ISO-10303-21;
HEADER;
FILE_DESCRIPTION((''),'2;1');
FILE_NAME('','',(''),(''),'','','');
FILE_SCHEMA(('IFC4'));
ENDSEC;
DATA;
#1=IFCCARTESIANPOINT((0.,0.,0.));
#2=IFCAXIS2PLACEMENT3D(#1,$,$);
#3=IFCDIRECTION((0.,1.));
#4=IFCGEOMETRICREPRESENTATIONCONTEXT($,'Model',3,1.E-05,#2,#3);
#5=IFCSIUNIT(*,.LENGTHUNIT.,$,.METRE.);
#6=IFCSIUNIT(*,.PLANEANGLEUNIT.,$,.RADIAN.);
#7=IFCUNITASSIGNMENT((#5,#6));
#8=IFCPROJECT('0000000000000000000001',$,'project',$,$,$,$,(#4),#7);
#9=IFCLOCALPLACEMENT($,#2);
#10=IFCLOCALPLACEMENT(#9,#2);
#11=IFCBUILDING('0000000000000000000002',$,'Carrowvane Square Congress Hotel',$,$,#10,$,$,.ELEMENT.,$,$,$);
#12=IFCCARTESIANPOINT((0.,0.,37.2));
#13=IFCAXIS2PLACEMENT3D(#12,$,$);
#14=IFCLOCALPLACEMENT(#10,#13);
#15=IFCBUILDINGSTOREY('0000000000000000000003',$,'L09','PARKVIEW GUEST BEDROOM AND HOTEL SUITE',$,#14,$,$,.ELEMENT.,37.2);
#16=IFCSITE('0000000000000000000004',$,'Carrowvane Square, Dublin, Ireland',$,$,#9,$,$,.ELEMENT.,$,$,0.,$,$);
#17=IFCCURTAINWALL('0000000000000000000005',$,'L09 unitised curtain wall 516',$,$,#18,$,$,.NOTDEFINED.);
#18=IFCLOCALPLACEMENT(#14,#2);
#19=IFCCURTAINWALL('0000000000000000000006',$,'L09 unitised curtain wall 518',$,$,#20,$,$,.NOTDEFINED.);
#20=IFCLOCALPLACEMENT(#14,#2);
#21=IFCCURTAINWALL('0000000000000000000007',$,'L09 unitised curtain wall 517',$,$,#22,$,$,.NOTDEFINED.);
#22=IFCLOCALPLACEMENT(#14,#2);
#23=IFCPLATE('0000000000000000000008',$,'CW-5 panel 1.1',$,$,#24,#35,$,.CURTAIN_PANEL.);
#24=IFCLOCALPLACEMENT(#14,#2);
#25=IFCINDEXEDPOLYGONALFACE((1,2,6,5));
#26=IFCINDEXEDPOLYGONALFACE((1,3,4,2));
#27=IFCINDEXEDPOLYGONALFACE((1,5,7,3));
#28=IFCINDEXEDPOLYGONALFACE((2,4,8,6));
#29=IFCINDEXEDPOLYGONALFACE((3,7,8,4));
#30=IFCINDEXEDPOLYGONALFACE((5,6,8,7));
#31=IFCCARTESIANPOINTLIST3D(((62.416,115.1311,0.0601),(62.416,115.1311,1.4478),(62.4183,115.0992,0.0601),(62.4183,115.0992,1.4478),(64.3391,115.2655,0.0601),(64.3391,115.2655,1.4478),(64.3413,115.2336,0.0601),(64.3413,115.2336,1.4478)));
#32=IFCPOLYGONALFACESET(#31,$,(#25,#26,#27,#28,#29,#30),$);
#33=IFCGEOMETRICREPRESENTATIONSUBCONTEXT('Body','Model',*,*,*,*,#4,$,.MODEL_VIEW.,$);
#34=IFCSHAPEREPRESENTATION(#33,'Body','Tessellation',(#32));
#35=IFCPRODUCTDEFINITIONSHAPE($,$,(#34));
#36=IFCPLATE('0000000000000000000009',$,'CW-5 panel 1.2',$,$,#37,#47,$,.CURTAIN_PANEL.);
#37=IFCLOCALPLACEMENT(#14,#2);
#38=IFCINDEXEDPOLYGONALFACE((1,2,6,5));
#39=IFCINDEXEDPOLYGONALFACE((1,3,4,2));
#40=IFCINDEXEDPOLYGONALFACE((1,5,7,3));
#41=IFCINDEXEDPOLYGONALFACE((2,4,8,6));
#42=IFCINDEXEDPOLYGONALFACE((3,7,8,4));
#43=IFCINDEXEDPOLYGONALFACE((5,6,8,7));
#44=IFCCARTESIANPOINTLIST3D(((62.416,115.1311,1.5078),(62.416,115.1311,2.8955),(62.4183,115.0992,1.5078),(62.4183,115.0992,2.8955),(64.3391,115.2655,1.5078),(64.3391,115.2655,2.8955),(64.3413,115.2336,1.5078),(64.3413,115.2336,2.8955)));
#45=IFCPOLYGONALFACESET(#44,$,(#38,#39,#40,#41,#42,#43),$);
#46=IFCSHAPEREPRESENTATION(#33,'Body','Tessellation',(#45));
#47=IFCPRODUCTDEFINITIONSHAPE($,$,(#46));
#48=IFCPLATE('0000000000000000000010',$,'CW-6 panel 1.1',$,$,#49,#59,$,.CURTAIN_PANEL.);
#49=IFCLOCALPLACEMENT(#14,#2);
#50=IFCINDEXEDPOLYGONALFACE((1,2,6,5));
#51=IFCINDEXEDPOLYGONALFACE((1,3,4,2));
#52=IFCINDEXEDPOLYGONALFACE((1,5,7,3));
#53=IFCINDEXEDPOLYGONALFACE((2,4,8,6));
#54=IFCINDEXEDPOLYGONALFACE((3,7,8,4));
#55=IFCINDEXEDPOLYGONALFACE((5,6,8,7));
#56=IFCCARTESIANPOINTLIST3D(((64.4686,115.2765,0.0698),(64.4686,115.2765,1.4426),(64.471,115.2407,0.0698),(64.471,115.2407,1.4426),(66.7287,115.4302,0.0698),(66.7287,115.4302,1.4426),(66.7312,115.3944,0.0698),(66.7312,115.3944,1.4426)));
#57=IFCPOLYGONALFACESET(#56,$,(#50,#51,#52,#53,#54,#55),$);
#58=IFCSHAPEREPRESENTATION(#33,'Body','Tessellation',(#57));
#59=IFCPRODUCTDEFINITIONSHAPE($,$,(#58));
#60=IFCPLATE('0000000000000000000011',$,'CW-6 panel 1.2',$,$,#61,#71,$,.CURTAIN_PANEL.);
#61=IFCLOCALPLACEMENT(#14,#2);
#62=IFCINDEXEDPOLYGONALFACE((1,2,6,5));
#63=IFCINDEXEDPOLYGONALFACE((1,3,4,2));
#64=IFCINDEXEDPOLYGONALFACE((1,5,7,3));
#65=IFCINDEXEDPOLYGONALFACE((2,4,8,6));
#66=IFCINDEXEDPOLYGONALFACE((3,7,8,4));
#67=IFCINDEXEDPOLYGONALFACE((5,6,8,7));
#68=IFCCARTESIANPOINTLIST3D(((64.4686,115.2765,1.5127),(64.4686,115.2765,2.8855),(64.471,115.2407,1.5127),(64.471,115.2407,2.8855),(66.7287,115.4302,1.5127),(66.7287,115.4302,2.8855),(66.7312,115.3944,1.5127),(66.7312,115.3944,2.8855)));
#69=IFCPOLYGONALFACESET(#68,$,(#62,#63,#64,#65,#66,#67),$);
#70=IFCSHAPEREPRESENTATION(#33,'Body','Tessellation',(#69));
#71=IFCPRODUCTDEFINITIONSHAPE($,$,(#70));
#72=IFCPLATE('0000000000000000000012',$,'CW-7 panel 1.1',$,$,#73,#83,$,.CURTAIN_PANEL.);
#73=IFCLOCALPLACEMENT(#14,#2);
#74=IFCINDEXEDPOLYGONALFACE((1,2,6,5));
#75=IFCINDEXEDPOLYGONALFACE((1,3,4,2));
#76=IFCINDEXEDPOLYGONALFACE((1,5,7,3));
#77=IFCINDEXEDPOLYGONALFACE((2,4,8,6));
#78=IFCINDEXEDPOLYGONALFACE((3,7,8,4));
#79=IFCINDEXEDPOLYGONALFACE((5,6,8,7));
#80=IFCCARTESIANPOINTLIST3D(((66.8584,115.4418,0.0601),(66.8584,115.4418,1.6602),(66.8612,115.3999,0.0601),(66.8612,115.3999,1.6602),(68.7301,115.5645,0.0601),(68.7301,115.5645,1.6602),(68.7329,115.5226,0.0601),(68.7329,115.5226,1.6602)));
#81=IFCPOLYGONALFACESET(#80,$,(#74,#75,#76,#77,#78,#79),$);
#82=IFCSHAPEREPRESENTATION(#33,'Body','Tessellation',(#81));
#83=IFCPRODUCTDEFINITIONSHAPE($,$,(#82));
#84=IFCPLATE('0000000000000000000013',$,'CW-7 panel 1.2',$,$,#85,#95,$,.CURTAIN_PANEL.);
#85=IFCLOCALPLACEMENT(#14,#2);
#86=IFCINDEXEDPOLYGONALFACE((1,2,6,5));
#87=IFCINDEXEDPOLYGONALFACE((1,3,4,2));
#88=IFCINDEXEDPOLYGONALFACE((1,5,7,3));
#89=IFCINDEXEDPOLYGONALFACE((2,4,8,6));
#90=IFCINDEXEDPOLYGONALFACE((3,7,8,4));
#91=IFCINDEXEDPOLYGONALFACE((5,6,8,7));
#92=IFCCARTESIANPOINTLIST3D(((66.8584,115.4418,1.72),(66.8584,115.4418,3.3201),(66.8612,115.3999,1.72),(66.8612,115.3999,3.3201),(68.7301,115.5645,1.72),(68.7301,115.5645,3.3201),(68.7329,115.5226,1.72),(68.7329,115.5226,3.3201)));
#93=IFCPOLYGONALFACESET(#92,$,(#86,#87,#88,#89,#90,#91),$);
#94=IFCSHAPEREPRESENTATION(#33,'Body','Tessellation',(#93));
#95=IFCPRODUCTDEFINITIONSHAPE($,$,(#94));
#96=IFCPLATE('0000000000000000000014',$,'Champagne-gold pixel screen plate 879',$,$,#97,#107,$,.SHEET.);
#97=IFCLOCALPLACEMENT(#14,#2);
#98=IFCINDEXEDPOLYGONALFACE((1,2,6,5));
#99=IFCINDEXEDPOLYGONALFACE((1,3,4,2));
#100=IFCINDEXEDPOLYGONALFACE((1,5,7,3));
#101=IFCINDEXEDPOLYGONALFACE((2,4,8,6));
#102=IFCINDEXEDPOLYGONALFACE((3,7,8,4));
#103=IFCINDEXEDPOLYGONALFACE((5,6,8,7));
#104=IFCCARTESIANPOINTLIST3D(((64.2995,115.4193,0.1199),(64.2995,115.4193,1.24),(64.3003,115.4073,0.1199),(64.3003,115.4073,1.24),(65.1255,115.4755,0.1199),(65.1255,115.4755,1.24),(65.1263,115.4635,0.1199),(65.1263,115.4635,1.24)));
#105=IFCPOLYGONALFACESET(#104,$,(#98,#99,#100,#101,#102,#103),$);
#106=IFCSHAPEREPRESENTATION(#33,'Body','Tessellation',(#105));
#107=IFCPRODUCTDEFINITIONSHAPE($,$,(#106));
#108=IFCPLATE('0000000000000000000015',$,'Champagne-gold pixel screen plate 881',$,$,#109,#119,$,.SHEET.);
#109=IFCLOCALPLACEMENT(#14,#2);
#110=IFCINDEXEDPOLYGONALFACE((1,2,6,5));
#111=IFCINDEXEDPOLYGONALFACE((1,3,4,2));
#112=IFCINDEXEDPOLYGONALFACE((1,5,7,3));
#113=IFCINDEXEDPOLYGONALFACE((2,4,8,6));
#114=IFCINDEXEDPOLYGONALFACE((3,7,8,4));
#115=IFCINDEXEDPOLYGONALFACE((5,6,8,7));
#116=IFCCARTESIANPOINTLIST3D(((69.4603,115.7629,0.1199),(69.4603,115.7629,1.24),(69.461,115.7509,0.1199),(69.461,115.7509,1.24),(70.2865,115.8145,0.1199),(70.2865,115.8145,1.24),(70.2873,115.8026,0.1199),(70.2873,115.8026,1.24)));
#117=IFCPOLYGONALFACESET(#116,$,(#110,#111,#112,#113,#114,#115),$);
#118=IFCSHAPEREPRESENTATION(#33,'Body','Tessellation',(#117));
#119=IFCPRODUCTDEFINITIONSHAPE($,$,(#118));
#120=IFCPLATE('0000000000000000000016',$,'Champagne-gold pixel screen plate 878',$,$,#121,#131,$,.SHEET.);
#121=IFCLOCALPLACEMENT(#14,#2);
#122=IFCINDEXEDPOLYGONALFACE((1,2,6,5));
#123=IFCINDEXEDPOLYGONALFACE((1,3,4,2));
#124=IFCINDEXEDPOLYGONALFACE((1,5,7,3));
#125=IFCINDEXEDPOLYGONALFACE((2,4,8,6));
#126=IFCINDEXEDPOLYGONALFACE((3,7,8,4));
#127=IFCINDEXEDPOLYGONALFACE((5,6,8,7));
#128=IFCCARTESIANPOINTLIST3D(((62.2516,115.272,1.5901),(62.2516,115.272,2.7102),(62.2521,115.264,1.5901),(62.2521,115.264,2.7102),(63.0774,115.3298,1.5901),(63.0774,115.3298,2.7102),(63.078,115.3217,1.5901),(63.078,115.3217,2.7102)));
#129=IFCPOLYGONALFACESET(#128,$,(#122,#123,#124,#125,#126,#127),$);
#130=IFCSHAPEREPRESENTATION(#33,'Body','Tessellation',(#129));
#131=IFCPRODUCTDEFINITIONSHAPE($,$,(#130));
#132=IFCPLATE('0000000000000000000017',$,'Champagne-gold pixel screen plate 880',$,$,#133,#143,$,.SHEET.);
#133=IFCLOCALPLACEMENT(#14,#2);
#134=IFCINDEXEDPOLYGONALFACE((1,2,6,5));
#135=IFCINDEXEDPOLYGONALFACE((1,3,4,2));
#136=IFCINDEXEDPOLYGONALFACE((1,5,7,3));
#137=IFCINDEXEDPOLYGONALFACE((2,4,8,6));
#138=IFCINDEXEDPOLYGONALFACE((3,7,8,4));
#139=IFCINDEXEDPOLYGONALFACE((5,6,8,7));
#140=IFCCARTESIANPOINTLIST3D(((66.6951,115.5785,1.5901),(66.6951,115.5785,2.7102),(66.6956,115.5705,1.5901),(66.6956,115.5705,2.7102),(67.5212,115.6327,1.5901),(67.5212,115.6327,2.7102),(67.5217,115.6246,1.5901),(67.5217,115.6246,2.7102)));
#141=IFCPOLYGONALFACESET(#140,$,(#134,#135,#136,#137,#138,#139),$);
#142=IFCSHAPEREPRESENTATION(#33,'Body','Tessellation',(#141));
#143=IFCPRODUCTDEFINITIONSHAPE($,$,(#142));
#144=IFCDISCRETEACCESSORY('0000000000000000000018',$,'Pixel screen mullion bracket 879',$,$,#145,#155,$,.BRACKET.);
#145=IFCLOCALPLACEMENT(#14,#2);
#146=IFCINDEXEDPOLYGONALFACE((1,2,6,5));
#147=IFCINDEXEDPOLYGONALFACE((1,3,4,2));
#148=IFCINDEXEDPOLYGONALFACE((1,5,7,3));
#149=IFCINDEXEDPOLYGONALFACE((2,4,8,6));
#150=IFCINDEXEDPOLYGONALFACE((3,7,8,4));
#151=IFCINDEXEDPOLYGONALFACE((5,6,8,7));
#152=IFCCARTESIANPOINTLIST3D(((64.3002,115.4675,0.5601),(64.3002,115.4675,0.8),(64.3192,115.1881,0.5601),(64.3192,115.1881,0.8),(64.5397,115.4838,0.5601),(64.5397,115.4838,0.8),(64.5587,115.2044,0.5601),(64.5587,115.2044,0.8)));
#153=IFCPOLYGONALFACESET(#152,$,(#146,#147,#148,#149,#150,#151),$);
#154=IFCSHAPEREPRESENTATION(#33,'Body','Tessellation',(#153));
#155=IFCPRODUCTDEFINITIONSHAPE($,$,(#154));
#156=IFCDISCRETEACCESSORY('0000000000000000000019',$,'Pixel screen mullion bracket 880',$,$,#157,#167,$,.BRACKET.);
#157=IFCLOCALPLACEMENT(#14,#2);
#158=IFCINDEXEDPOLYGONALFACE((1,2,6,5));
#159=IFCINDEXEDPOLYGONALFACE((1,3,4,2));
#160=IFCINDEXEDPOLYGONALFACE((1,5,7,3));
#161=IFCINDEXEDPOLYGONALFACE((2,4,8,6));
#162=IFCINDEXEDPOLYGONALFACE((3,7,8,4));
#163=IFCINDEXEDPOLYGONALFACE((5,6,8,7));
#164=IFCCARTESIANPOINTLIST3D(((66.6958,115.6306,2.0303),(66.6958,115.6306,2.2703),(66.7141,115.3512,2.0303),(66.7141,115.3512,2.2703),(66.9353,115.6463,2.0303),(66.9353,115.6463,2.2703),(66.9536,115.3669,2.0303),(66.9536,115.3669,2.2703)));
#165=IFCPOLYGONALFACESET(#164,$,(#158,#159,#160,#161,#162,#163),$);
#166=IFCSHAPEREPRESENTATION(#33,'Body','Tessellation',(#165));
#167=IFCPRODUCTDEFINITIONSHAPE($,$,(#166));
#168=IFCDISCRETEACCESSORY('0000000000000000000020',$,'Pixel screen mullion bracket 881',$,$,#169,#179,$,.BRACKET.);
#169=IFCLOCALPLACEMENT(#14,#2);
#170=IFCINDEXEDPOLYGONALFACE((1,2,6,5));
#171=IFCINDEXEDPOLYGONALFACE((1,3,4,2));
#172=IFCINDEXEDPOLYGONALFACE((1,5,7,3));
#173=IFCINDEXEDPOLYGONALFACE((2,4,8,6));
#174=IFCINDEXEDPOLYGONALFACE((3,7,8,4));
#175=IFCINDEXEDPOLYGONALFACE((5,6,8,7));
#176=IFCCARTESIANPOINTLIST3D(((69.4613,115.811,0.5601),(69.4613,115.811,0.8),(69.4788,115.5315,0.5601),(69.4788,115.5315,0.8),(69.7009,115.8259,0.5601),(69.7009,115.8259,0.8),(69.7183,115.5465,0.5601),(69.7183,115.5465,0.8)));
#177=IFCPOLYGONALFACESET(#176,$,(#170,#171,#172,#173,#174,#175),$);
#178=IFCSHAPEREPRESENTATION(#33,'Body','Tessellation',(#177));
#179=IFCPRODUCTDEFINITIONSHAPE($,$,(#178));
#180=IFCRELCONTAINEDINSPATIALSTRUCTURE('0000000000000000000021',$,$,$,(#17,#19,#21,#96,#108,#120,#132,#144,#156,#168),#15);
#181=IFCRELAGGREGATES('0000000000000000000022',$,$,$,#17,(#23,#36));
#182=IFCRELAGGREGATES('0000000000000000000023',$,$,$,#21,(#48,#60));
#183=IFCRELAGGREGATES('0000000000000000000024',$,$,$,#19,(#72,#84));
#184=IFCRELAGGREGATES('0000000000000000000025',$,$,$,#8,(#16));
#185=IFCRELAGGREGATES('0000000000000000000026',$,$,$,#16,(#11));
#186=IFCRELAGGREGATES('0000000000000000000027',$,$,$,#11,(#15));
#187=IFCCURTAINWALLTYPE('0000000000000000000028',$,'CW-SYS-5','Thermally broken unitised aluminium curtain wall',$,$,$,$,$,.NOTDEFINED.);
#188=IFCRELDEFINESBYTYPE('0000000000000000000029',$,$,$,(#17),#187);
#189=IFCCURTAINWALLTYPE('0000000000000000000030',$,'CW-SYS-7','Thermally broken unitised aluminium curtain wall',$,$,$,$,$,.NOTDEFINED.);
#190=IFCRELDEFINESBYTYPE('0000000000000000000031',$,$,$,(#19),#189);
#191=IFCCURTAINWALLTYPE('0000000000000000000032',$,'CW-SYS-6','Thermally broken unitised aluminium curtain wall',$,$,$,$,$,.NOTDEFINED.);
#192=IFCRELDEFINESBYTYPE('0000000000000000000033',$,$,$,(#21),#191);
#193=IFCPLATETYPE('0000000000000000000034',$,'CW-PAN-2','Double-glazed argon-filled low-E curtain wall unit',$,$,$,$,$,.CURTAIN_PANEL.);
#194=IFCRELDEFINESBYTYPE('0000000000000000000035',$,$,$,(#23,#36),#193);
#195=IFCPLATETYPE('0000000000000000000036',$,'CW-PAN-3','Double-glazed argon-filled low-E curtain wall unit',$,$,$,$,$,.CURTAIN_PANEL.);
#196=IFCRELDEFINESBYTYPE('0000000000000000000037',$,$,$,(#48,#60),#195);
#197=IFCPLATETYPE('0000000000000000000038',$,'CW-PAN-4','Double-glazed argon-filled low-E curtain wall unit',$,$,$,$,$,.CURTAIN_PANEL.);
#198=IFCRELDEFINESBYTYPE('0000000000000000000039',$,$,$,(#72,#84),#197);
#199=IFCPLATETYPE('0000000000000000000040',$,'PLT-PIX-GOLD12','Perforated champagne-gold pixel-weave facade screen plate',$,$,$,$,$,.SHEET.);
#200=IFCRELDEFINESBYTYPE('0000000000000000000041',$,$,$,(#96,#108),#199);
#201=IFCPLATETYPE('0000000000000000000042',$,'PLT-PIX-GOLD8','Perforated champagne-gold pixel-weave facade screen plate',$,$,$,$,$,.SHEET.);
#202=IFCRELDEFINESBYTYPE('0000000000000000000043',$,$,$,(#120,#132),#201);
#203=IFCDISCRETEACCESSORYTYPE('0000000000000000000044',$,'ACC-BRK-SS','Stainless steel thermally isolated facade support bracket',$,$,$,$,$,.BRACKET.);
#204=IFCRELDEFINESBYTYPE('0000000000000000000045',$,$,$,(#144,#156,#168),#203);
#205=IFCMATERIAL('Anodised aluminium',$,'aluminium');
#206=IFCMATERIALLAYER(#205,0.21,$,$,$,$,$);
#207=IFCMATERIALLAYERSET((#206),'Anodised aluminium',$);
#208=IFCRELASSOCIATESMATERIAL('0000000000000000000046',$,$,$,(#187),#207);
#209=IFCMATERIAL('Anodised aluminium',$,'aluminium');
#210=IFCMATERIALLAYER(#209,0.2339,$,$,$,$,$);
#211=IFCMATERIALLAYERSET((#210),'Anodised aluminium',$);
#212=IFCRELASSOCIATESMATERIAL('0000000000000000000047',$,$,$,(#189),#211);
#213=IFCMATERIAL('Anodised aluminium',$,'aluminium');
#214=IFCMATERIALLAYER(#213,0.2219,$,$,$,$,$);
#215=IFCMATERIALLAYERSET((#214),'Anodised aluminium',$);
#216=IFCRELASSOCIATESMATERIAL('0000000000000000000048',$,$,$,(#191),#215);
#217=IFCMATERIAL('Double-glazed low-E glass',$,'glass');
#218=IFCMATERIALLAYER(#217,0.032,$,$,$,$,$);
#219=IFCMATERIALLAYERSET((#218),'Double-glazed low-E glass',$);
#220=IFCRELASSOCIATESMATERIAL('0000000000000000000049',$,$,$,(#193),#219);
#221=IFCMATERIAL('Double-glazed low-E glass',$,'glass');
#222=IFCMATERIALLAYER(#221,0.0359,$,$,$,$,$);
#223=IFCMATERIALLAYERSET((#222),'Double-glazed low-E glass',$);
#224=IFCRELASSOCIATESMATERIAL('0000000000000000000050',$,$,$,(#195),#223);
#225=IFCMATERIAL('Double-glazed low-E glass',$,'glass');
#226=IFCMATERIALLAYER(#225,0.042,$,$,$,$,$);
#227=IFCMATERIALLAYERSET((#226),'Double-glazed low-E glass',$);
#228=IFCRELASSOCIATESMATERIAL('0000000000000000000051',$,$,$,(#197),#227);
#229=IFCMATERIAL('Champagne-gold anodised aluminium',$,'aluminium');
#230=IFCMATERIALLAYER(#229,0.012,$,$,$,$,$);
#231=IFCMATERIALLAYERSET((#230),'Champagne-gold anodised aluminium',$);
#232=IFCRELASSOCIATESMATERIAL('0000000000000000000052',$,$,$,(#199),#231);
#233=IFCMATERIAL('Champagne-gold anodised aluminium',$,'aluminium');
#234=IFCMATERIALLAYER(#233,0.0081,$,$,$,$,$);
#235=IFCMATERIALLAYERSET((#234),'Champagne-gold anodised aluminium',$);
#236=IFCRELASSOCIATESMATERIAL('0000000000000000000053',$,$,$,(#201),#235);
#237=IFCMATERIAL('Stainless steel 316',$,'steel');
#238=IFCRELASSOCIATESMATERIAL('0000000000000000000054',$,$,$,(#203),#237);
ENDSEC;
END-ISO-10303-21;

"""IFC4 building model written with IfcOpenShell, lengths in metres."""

from ifc_helpers import new_model, si_unit, direction, frame, origin, origin_2d, place, context, subcontext, project, spatial, rectangle, extrude, material, layer, layer_set, type_object, element, aggregate, save


model = new_model("IFC4")

# Units and contexts
model_context = context("Model", 3, precision=1e-05, world=origin(), true_north=direction((0.0, 1.0)))
body_context = subcontext(model_context, "Body", "Model", "MODEL_VIEW")
ifc_project = project(units=[si_unit("LENGTHUNIT", "METRE"), si_unit("PLANEANGLEUNIT", "RADIAN")], contexts=[model_context])

# Site, building, storey
site_placement = place(None, origin())
site = spatial("IfcSite", under=ifc_project, at=site_placement, Name="Carrowvane Square, Dublin, Ireland", CompositionType="ELEMENT", RefElevation=0.0)
building_placement = place(site_placement, origin())
building = spatial("IfcBuilding", under=site, at=building_placement, Name="Carrowvane Square Congress Hotel", CompositionType="ELEMENT")
storey_placement = place(building_placement, frame((0.0, 0.0, 37.2)))
storey = spatial("IfcBuildingStorey", under=building, at=storey_placement, Name="L09", Description="PARKVIEW GUEST BEDROOM AND HOTEL SUITE", CompositionType="ELEMENT", Elevation=37.2)

# Curtain wall
ifc_material_1 = material(Name="Anodised aluminium", Category="aluminium")
ifc_layer_1 = layer(ifc_material_1, 0.21)
ifc_layer_set_1 = layer_set([ifc_layer_1], Name="Anodised aluminium")
curtain_wall_type_1 = type_object("IfcCurtainWallType", Name="CW-SYS-5", Description="Thermally broken unitised aluminium curtain wall", PredefinedType="NOTDEFINED", material=ifc_layer_set_1)
curtain_wall_1_placement = place(storey_placement, origin())
curtain_wall_1 = element("IfcCurtainWall", 1, at=curtain_wall_1_placement, inside=storey, type_object=curtain_wall_type_1, Name="L09 unitised curtain wall 516", PredefinedType="NOTDEFINED")

# Curtain walls
ifc_material_2 = material(Name="Anodised aluminium", Category="aluminium")
ifc_layer_2 = layer(ifc_material_2, 0.2339)
ifc_layer_set_2 = layer_set([ifc_layer_2], Name="Anodised aluminium")
curtain_wall_type_2 = type_object("IfcCurtainWallType", Name="CW-SYS-7", Description="Thermally broken unitised aluminium curtain wall", PredefinedType="NOTDEFINED", material=ifc_layer_set_2)
curtain_wall_2_placement = place(storey_placement, origin())
curtain_wall_2 = element("IfcCurtainWall", 2, at=curtain_wall_2_placement, inside=storey, type_object=curtain_wall_type_2, Name="L09 unitised curtain wall 518", PredefinedType="NOTDEFINED")
ifc_material_3 = material(Name="Anodised aluminium", Category="aluminium")
ifc_layer_3 = layer(ifc_material_3, 0.2219)
ifc_layer_set_3 = layer_set([ifc_layer_3], Name="Anodised aluminium")
curtain_wall_type_3 = type_object("IfcCurtainWallType", Name="CW-SYS-6", Description="Thermally broken unitised aluminium curtain wall", PredefinedType="NOTDEFINED", material=ifc_layer_set_3)
curtain_wall_3_placement = place(storey_placement, origin())
curtain_wall_3 = element("IfcCurtainWall", 3, at=curtain_wall_3_placement, inside=storey, type_object=curtain_wall_type_3, Name="L09 unitised curtain wall 517", PredefinedType="NOTDEFINED")

# Plates
ifc_material_4 = material(Name="Double-glazed low-E glass", Category="glass")
ifc_layer_4 = layer(ifc_material_4, 0.032)
ifc_layer_set_4 = layer_set([ifc_layer_4], Name="Double-glazed low-E glass")
plate_type_1 = type_object("IfcPlateType", Name="CW-PAN-2", Description="Double-glazed argon-filled low-E curtain wall unit", PredefinedType="CURTAIN_PANEL", material=ifc_layer_set_4)
plate_1_placement = place(storey_placement, frame((63.3787, 115.1824, 0.0601), z_axis=(0.0, 0.0, 1.0), x_axis=(0.997566, 0.069724, 0.0)))
plate_1 = element("IfcPlate", 4, at=plate_1_placement, type_object=plate_type_1, Name="CW-5 panel 1.1", PredefinedType="CURTAIN_PANEL", context=body_context, shape_type="SweptSolid", body=[
    extrude(rectangle(XDim=1.9277, YDim=0.032, at=origin_2d()), origin(), (0.0, 0.0, 1.0), 1.3877),
])
plate_2_placement = place(storey_placement, frame((63.3787, 115.1824, 1.5078), z_axis=(0.0, 0.0, 1.0), x_axis=(0.997566, 0.069724, 0.0)))
plate_2 = element("IfcPlate", 5, at=plate_2_placement, type_object=plate_type_1, Name="CW-5 panel 1.2", PredefinedType="CURTAIN_PANEL", context=body_context, shape_type="SweptSolid", body=[
    extrude(rectangle(XDim=1.9277, YDim=0.032, at=origin_2d()), origin(), (0.0, 0.0, 1.0), 1.3877),
])
aggregate(curtain_wall_1, [plate_1, plate_2])
ifc_material_5 = material(Name="Double-glazed low-E glass", Category="glass")
ifc_layer_5 = layer(ifc_material_5, 0.0359)
ifc_layer_set_5 = layer_set([ifc_layer_5], Name="Double-glazed low-E glass")
plate_type_2 = type_object("IfcPlateType", Name="CW-PAN-3", Description="Double-glazed argon-filled low-E curtain wall unit", PredefinedType="CURTAIN_PANEL", material=ifc_layer_set_5)
plate_3_placement = place(storey_placement, frame((65.5999, 115.3354, 0.0698), z_axis=(0.0, 0.0, 1.0), x_axis=(0.997694, 0.067865, 0.0)))
plate_3 = element("IfcPlate", 6, at=plate_3_placement, type_object=plate_type_2, Name="CW-6 panel 1.1", PredefinedType="CURTAIN_PANEL", context=body_context, shape_type="SweptSolid", body=[
    extrude(rectangle(XDim=2.2654, YDim=0.0359, at=origin_2d()), origin(), (0.0, 0.0, 1.0), 1.3728),
])
plate_4_placement = place(storey_placement, frame((65.5999, 115.3354, 1.5127), z_axis=(0.0, 0.0, 1.0), x_axis=(0.997694, 0.067865, 0.0)))
plate_4 = element("IfcPlate", 7, at=plate_4_placement, type_object=plate_type_2, Name="CW-6 panel 1.2", PredefinedType="CURTAIN_PANEL", context=body_context, shape_type="SweptSolid", body=[
    extrude(rectangle(XDim=2.2654, YDim=0.0359, at=origin_2d()), origin(), (0.0, 0.0, 1.0), 1.3728),
])
aggregate(curtain_wall_3, [plate_3, plate_4])
ifc_material_6 = material(Name="Double-glazed low-E glass", Category="glass")
ifc_layer_6 = layer(ifc_material_6, 0.042)
ifc_layer_set_6 = layer_set([ifc_layer_6], Name="Double-glazed low-E glass")
plate_type_3 = type_object("IfcPlateType", Name="CW-PAN-4", Description="Double-glazed argon-filled low-E curtain wall unit", PredefinedType="CURTAIN_PANEL", material=ifc_layer_set_6)
plate_5_placement = place(storey_placement, frame((67.7957, 115.4822, 0.0601), z_axis=(0.0, 0.0, 1.0), x_axis=(0.997858, 0.065412, 0.0)))
plate_5 = element("IfcPlate", 8, at=plate_5_placement, type_object=plate_type_3, Name="CW-7 panel 1.1", PredefinedType="CURTAIN_PANEL", context=body_context, shape_type="SweptSolid", body=[
    extrude(rectangle(XDim=1.8757, YDim=0.042, at=origin_2d()), origin(), (0.0, 0.0, 1.0), 1.6001),
])
plate_6_placement = place(storey_placement, frame((67.7957, 115.4822, 1.72), z_axis=(0.0, 0.0, 1.0), x_axis=(0.997858, 0.065412, 0.0)))
plate_6 = element("IfcPlate", 9, at=plate_6_placement, type_object=plate_type_3, Name="CW-7 panel 1.2", PredefinedType="CURTAIN_PANEL", context=body_context, shape_type="SweptSolid", body=[
    extrude(rectangle(XDim=1.8757, YDim=0.042, at=origin_2d()), origin(), (0.0, 0.0, 1.0), 1.6001),
])
aggregate(curtain_wall_2, [plate_5, plate_6])

# Plates
ifc_material_7 = material(Name="Champagne-gold anodised aluminium", Category="aluminium")
ifc_layer_7 = layer(ifc_material_7, 0.012)
ifc_layer_set_7 = layer_set([ifc_layer_7], Name="Champagne-gold anodised aluminium")
plate_type_4 = type_object("IfcPlateType", Name="PLT-PIX-GOLD12", Description="Perforated champagne-gold pixel-weave facade screen plate", PredefinedType="SHEET", material=ifc_layer_set_7)
for number, where, z_axis, x_axis, name in (
    (10, (64.7129, 115.4414, 0.1199), (0.0, 0.0, 1.0), (0.997694, 0.067866, 0.0), "Champagne-gold pixel screen plate 879"),
    (11, (69.8738, 115.7827, 0.1199), (0.0, 0.0, 1.0), (0.998051, 0.062397, 0.0), "Champagne-gold pixel screen plate 881"),
):
    element("IfcPlate", number, at=place(storey_placement, frame(where, z_axis=z_axis, x_axis=x_axis)), inside=storey, type_object=plate_type_4, Name=name, PredefinedType="SHEET", context=body_context, shape_type="SweptSolid", body=[
        extrude(rectangle(XDim=0.8279, YDim=0.012, at=origin_2d()), origin(), (0.0, 0.0, 1.0), 1.1201),
    ])
ifc_material_8 = material(Name="Champagne-gold anodised aluminium", Category="aluminium")
ifc_layer_8 = layer(ifc_material_8, 0.0081)
ifc_layer_set_8 = layer_set([ifc_layer_8], Name="Champagne-gold anodised aluminium")
plate_type_5 = type_object("IfcPlateType", Name="PLT-PIX-GOLD8", Description="Perforated champagne-gold pixel-weave facade screen plate", PredefinedType="SHEET", material=ifc_layer_set_8)
for number, where, z_axis, x_axis, name in (
    (12, (62.6648, 115.2969, 1.5901), (0.0, 0.0, 1.0), (0.997566, 0.069725, 0.0), "Champagne-gold pixel screen plate 878"),
    (13, (67.1084, 115.6016, 1.5901), (0.0, 0.0, 1.0), (0.997858, 0.065413, 0.0), "Champagne-gold pixel screen plate 880"),
):
    element("IfcPlate", number, at=place(storey_placement, frame(where, z_axis=z_axis, x_axis=x_axis)), inside=storey, type_object=plate_type_5, Name=name, PredefinedType="SHEET", context=body_context, shape_type="SweptSolid", body=[
        extrude(rectangle(XDim=0.8279, YDim=0.0081, at=origin_2d()), origin(), (0.0, 0.0, 1.0), 1.1201),
    ])

# Discrete accessories
ifc_material_9 = material(Name="Stainless steel 316", Category="steel")
discrete_accessory_type = type_object("IfcDiscreteAccessoryType", Name="ACC-BRK-SS", Description="Stainless steel thermally isolated facade support bracket", PredefinedType="BRACKET", material=ifc_material_9)
for number, where, z_axis, x_axis, name in (
    (14, (64.4294, 115.3359, 0.5601), (0.0, 0.0, 1.0), (0.997694, 0.067866, 0.0), "Pixel screen mullion bracket 879"),
    (15, (66.8247, 115.4988, 2.0303), (0.0, 0.0, 1.0), (0.997858, 0.065413, 0.0), "Pixel screen mullion bracket 880"),
    (16, (69.5898, 115.6787, 0.5601), (0.0, 0.0, 1.0), (0.998051, 0.062397, 0.0), "Pixel screen mullion bracket 881"),
):
    element("IfcDiscreteAccessory", number, at=place(storey_placement, frame(where, z_axis=z_axis, x_axis=x_axis)), inside=storey, type_object=discrete_accessory_type, Name=name, PredefinedType="BRACKET", context=body_context, shape_type="SweptSolid", body=[
        extrude(rectangle(XDim=0.24, YDim=0.28, at=origin_2d()), origin(), (0.0, 0.0, 1.0), 0.24),
    ])

save(model, "model.ifc")
